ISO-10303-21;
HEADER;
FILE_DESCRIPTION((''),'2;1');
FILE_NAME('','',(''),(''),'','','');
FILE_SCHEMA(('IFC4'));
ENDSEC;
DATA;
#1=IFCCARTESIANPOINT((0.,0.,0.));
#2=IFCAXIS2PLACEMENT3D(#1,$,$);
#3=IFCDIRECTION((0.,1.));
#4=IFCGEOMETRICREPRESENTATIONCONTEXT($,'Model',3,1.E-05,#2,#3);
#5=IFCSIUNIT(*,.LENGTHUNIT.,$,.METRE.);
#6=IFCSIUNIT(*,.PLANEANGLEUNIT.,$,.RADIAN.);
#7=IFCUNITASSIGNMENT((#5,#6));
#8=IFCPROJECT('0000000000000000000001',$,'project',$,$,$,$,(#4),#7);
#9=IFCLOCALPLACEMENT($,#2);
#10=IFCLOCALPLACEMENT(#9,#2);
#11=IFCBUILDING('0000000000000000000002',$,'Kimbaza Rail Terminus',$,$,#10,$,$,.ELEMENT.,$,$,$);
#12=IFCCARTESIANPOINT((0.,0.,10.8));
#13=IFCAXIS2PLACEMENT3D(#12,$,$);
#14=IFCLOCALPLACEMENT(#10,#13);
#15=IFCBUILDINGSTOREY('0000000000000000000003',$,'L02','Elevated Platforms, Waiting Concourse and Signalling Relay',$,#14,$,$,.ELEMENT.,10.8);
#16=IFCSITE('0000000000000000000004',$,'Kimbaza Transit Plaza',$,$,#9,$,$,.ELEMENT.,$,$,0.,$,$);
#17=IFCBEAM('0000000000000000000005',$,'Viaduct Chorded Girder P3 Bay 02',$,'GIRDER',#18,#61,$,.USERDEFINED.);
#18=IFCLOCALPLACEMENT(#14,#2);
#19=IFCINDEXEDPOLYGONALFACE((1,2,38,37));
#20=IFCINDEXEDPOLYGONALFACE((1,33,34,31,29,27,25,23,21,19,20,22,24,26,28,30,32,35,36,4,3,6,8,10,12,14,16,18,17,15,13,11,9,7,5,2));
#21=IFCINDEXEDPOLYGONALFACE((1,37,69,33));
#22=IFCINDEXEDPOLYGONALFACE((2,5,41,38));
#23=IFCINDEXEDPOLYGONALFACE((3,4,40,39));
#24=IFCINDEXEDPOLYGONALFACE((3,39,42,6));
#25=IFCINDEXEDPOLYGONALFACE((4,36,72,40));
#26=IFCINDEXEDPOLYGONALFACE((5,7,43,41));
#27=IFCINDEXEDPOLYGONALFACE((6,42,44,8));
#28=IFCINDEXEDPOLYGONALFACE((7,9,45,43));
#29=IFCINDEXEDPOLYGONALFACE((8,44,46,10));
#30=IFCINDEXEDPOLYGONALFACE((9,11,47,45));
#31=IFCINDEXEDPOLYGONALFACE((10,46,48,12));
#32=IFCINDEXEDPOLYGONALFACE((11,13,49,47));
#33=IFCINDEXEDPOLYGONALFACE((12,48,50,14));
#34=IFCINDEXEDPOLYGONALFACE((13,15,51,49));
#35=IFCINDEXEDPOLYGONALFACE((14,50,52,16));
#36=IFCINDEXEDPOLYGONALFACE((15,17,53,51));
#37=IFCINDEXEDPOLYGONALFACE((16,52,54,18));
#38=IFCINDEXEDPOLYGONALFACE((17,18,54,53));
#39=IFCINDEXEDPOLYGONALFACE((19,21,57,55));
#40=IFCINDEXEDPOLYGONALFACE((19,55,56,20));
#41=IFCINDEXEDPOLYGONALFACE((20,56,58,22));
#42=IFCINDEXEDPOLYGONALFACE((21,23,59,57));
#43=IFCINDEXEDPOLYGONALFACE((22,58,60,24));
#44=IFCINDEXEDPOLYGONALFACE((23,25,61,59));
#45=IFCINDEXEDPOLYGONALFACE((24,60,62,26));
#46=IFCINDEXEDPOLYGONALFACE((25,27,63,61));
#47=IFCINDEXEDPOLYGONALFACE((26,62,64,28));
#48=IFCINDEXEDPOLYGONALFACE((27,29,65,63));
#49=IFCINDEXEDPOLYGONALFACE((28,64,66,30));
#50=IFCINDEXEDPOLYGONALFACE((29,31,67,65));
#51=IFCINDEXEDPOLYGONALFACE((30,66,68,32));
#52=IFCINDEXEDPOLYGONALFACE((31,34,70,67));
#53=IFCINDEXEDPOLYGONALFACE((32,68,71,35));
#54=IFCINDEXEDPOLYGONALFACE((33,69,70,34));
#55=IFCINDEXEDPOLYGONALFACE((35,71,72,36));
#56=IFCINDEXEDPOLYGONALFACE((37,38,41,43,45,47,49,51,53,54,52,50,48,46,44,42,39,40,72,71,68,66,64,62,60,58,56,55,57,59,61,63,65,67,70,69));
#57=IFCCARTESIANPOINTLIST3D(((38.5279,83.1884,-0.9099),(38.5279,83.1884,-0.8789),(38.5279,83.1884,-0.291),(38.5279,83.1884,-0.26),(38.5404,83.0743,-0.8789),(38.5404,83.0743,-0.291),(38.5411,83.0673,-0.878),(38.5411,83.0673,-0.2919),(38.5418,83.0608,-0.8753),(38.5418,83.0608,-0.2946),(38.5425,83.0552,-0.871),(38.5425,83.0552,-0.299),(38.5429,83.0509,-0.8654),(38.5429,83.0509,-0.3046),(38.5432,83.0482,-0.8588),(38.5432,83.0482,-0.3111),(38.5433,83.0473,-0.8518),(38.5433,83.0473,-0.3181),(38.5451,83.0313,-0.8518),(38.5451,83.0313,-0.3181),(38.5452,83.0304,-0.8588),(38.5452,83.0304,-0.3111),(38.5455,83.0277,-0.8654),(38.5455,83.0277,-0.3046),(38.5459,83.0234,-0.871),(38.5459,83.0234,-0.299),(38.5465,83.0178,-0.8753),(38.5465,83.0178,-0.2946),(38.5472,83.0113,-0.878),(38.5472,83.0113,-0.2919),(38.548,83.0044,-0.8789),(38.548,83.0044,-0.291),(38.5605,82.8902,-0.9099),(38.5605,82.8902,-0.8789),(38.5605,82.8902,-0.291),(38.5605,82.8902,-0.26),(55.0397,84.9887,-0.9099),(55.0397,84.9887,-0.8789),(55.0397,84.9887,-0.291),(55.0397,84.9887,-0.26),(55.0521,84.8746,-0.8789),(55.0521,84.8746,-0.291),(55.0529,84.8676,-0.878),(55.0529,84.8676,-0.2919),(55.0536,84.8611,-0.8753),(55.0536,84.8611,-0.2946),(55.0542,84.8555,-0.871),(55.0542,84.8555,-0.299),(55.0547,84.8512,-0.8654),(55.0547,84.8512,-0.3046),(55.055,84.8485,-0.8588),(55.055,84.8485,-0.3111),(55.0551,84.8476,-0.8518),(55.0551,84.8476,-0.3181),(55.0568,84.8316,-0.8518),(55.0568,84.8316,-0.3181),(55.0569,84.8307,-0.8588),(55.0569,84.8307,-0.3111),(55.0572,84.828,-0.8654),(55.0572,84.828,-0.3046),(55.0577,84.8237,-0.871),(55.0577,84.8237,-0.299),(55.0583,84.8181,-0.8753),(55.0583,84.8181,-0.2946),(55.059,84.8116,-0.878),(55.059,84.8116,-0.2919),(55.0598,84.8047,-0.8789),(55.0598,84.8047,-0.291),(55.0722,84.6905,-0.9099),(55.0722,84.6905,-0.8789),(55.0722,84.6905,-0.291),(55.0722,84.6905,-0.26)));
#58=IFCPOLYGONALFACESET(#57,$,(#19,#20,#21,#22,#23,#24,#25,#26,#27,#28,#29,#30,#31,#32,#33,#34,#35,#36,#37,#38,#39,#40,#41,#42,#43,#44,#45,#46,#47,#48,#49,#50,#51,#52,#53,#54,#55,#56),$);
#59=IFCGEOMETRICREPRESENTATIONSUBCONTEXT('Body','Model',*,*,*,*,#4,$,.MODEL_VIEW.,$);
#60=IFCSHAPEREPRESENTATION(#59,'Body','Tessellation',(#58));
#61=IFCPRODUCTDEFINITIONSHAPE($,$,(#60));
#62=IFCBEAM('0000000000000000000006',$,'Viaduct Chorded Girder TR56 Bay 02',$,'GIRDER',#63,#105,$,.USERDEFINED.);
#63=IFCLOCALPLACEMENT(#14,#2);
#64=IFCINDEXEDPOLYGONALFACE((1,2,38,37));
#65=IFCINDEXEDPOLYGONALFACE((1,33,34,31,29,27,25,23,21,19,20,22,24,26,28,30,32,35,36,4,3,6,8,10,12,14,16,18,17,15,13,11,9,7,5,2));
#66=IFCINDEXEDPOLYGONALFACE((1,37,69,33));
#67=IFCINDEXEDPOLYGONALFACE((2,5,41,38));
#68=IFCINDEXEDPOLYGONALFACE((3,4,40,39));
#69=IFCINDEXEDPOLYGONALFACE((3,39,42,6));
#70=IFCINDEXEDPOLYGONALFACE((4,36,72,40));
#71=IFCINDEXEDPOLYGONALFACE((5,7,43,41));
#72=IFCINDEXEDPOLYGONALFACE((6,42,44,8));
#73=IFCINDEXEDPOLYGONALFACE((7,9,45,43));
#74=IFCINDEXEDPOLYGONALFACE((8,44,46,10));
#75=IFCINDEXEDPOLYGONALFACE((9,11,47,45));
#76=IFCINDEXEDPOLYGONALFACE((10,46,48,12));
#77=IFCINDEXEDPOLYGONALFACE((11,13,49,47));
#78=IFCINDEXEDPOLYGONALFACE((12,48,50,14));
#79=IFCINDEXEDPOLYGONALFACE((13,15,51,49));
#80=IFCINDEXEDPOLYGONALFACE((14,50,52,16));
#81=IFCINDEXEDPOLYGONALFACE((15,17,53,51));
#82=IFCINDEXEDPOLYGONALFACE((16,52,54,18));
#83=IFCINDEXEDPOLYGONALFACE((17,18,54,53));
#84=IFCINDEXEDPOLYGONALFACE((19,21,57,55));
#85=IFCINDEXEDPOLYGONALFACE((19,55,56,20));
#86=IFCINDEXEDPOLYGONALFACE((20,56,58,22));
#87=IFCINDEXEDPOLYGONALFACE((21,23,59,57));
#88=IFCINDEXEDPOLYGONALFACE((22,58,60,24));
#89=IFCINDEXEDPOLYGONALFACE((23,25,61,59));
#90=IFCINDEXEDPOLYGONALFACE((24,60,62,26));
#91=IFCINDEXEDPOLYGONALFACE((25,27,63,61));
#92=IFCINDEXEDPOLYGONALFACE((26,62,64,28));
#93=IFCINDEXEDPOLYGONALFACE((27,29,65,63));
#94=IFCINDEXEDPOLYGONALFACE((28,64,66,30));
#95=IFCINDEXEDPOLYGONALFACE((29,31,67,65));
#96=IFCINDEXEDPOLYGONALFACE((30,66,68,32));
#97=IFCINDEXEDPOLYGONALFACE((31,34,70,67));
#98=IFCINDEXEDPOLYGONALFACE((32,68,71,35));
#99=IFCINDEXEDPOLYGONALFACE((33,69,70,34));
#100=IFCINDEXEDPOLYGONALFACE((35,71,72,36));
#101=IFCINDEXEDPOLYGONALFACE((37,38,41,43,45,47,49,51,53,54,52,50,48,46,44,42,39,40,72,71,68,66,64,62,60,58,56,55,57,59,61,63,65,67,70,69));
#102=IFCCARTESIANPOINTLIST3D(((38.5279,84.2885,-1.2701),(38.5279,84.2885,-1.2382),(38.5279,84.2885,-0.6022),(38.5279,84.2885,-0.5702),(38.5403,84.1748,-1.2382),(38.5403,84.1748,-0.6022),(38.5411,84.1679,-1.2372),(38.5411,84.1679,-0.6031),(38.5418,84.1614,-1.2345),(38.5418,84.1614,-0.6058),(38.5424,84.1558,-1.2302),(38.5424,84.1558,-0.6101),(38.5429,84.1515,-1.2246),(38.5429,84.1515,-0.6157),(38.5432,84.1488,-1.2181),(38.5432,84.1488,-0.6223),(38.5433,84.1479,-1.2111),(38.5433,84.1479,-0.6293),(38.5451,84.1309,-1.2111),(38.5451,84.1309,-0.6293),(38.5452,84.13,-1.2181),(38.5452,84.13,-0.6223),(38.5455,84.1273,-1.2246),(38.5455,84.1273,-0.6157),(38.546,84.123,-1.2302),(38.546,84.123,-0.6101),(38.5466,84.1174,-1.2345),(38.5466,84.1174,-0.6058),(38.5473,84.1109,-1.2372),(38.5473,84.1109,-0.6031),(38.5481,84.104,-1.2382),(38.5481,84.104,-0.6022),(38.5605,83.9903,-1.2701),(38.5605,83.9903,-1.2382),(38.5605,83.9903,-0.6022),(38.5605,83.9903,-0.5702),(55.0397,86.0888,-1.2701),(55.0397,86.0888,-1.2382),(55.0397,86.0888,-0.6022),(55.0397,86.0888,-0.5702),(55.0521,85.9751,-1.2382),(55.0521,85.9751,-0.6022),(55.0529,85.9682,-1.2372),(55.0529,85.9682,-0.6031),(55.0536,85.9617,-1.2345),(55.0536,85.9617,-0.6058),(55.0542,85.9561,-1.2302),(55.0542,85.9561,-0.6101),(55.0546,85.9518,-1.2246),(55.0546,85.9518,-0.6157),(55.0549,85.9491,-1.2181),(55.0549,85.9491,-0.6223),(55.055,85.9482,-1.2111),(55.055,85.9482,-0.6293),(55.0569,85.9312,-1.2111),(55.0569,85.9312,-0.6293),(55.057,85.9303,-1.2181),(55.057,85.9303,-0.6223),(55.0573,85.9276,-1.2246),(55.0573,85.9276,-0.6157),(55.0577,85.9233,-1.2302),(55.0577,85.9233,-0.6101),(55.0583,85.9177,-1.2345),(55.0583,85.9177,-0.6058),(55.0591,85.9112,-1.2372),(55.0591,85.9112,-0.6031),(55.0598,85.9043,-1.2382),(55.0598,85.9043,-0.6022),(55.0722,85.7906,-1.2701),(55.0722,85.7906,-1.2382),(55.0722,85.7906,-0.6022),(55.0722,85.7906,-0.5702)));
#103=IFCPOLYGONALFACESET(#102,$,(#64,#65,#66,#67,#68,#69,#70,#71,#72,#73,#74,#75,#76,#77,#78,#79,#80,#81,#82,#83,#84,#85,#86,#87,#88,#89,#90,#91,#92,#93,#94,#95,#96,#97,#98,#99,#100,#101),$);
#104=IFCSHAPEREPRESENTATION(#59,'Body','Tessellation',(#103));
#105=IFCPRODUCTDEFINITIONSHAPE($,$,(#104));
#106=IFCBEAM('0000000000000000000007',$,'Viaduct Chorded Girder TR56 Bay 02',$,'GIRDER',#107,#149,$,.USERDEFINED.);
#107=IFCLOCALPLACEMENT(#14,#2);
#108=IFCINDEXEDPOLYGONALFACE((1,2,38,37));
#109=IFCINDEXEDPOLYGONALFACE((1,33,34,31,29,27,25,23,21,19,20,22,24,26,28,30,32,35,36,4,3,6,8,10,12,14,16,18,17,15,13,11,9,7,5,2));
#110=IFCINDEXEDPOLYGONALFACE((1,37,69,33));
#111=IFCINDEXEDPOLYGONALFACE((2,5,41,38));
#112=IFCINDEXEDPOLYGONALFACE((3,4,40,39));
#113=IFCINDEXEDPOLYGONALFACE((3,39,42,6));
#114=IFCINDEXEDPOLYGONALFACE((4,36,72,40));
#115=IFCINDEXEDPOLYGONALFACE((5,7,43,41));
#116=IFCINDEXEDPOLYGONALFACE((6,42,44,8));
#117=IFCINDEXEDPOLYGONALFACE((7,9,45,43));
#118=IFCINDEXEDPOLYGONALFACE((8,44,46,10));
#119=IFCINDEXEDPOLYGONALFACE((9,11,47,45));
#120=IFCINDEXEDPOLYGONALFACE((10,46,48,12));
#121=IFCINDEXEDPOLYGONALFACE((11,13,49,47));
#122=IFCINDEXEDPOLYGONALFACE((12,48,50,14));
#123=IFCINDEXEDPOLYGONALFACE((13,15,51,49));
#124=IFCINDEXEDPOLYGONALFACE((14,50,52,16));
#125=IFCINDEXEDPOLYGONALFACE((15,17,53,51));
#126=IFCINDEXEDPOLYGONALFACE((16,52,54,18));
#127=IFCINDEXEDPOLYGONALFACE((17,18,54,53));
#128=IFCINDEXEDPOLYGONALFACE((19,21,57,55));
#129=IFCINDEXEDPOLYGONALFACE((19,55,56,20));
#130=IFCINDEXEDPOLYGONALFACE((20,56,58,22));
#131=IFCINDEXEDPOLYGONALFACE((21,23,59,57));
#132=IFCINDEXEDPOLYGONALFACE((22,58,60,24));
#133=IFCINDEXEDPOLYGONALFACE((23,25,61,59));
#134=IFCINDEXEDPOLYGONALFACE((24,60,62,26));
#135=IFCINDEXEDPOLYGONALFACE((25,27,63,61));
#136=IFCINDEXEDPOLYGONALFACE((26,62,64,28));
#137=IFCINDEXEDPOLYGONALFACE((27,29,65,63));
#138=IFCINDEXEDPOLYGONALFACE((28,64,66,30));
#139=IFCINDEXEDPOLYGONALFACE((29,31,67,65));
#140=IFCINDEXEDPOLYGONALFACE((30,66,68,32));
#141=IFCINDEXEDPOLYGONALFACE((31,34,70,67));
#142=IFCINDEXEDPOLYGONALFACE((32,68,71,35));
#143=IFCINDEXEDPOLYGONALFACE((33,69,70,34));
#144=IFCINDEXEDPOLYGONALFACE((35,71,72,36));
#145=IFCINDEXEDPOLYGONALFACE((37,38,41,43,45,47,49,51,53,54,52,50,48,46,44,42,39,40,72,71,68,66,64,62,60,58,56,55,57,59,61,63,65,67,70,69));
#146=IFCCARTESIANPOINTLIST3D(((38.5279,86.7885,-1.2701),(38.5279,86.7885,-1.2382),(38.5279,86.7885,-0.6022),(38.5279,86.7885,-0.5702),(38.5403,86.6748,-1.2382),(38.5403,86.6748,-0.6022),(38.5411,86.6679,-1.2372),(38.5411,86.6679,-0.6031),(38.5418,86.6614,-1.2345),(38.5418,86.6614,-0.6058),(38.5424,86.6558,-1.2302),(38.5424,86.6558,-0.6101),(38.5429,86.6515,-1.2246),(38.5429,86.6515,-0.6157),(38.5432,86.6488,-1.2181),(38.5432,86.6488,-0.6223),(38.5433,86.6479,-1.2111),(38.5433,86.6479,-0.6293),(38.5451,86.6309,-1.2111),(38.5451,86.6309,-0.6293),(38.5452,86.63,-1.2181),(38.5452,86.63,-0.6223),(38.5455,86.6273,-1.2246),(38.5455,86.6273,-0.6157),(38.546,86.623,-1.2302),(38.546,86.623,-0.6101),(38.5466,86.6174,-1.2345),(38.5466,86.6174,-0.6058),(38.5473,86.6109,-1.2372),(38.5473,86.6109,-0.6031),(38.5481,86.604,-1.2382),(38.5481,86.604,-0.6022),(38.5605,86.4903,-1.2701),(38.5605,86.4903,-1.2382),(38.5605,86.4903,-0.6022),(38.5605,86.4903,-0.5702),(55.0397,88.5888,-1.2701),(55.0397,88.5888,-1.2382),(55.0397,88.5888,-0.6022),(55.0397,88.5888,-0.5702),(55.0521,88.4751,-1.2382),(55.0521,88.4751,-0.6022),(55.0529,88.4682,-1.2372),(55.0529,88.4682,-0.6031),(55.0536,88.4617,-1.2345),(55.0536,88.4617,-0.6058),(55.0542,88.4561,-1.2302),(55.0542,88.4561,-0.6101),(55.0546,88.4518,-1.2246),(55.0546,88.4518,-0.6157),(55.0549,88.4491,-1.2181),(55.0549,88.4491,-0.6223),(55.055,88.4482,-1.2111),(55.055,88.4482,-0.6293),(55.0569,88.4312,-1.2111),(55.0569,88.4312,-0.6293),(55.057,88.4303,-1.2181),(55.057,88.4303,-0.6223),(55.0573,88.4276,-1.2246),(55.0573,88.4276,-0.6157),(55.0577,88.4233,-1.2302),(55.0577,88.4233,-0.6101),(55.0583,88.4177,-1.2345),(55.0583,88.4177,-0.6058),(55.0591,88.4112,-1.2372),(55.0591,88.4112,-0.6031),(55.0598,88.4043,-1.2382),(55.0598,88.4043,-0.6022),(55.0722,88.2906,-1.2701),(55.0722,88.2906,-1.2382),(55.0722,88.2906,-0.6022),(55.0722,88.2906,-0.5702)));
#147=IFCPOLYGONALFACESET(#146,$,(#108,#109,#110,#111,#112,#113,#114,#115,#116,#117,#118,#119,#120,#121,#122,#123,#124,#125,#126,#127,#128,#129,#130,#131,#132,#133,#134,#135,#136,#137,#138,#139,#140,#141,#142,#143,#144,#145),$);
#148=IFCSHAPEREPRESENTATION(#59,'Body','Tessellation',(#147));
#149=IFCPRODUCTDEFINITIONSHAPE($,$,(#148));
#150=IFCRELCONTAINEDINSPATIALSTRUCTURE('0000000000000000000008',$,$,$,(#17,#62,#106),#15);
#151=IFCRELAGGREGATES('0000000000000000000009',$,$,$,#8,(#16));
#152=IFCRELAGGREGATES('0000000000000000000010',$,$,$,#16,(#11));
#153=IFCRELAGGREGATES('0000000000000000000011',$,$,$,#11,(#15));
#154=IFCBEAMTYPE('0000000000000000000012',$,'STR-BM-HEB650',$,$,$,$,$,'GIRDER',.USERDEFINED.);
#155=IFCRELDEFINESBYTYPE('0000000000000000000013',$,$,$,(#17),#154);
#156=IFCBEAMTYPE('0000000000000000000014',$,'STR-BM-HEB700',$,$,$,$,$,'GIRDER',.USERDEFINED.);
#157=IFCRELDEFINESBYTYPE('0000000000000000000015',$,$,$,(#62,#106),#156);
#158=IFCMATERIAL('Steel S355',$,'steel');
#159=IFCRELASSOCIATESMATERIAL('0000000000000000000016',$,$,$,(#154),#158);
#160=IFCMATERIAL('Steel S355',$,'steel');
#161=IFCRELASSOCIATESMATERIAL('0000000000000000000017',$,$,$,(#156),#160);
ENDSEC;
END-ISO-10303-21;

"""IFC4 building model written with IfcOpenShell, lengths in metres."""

from ifc_helpers import new_model, si_unit, direction, frame, origin, origin_2d, place, context, subcontext, project, spatial, i_section, extrude, material, material_profile, profile_set, type_object, element, save


model = new_model("IFC4")

# Units and contexts
model_context = context("Model", 3, precision=1e-05, world=origin(), true_north=direction((0.0, 1.0)))
body_context = subcontext(model_context, "Body", "Model", "MODEL_VIEW")
ifc_project = project(units=[si_unit("LENGTHUNIT", "METRE"), si_unit("PLANEANGLEUNIT", "RADIAN")], contexts=[model_context])

# Site, building, storey
site_placement = place(None, origin())
site = spatial("IfcSite", under=ifc_project, at=site_placement, Name="Kimbaza Transit Plaza", CompositionType="ELEMENT", RefElevation=0.0)
building_placement = place(site_placement, origin())
building = spatial("IfcBuilding", under=site, at=building_placement, Name="Kimbaza Rail Terminus", CompositionType="ELEMENT")
storey_placement = place(building_placement, frame((0.0, 0.0, 10.8)))
storey = spatial("IfcBuildingStorey", under=building, at=storey_placement, Name="L02", Description="Elevated Platforms, Waiting Concourse and Signalling Relay", CompositionType="ELEMENT", Elevation=10.8)

# Beams
ifc_material_1 = material(Name="Steel S355", Category="steel")
ifc_material_profile_1 = material_profile(ifc_material_1, i_section(OverallWidth=0.3, OverallDepth=0.6499, WebThickness=0.0161, FlangeThickness=0.031, FilletRadius=0.0271, at=origin_2d()), Name="HEB 650")
ifc_profile_set_1 = profile_set([ifc_material_profile_1], Name="Steel S355")
beam_type_1 = type_object("IfcBeamType", Name="STR-BM-HEB650", ElementType="GIRDER", PredefinedType="USERDEFINED", material=ifc_profile_set_1)
beam_placement = place(storey_placement, frame((38.5442, 83.0393, -0.585), z_axis=(0.994109, 0.108389, 0.0), x_axis=(-0.108389, 0.994109, 0.0)))
element("IfcBeam", 1, at=beam_placement, inside=storey, type_object=beam_type_1, Name="Viaduct Chorded Girder P3 Bay 02", ObjectType="GIRDER", PredefinedType="USERDEFINED", context=body_context, shape_type="SweptSolid", body=[
    extrude(i_section(OverallWidth=0.3, OverallDepth=0.6499, WebThickness=0.0161, FlangeThickness=0.031, FilletRadius=0.0271, at=origin_2d()), origin(), (0.0, 0.0, 1.0), 16.6096),
])
ifc_material_2 = material(Name="Steel S355", Category="steel")
ifc_material_profile_2 = material_profile(ifc_material_2, i_section(OverallWidth=0.3, OverallDepth=0.7, WebThickness=0.0171, FlangeThickness=0.032, FilletRadius=0.0271, at=origin_2d()), Name="HEB 700")
ifc_profile_set_2 = profile_set([ifc_material_profile_2], Name="Steel S355")
beam_type_2 = type_object("IfcBeamType", Name="STR-BM-HEB700", ElementType="GIRDER", PredefinedType="USERDEFINED", material=ifc_profile_set_2)
for number, where, z_axis, x_axis, name in (
    (2, (38.5442, 84.1394, -0.9202), (0.994109, 0.108389, 0.0), (-0.108389, 0.994109, 0.0), "Viaduct Chorded Girder TR56 Bay 02"),
    (3, (38.5442, 86.6394, -0.9202), (0.994109, 0.108389, 0.0), (-0.108389, 0.994109, 0.0), "Viaduct Chorded Girder TR56 Bay 02"),
):
    element("IfcBeam", number, at=place(storey_placement, frame(where, z_axis=z_axis, x_axis=x_axis)), inside=storey, type_object=beam_type_2, Name=name, ObjectType="GIRDER", PredefinedType="USERDEFINED", context=body_context, shape_type="SweptSolid", body=[
        extrude(i_section(OverallWidth=0.3, OverallDepth=0.7, WebThickness=0.0171, FlangeThickness=0.032, FilletRadius=0.0271, at=origin_2d()), origin(), (0.0, 0.0, 1.0), 16.6096),
    ])

save(model, "model.ifc")
